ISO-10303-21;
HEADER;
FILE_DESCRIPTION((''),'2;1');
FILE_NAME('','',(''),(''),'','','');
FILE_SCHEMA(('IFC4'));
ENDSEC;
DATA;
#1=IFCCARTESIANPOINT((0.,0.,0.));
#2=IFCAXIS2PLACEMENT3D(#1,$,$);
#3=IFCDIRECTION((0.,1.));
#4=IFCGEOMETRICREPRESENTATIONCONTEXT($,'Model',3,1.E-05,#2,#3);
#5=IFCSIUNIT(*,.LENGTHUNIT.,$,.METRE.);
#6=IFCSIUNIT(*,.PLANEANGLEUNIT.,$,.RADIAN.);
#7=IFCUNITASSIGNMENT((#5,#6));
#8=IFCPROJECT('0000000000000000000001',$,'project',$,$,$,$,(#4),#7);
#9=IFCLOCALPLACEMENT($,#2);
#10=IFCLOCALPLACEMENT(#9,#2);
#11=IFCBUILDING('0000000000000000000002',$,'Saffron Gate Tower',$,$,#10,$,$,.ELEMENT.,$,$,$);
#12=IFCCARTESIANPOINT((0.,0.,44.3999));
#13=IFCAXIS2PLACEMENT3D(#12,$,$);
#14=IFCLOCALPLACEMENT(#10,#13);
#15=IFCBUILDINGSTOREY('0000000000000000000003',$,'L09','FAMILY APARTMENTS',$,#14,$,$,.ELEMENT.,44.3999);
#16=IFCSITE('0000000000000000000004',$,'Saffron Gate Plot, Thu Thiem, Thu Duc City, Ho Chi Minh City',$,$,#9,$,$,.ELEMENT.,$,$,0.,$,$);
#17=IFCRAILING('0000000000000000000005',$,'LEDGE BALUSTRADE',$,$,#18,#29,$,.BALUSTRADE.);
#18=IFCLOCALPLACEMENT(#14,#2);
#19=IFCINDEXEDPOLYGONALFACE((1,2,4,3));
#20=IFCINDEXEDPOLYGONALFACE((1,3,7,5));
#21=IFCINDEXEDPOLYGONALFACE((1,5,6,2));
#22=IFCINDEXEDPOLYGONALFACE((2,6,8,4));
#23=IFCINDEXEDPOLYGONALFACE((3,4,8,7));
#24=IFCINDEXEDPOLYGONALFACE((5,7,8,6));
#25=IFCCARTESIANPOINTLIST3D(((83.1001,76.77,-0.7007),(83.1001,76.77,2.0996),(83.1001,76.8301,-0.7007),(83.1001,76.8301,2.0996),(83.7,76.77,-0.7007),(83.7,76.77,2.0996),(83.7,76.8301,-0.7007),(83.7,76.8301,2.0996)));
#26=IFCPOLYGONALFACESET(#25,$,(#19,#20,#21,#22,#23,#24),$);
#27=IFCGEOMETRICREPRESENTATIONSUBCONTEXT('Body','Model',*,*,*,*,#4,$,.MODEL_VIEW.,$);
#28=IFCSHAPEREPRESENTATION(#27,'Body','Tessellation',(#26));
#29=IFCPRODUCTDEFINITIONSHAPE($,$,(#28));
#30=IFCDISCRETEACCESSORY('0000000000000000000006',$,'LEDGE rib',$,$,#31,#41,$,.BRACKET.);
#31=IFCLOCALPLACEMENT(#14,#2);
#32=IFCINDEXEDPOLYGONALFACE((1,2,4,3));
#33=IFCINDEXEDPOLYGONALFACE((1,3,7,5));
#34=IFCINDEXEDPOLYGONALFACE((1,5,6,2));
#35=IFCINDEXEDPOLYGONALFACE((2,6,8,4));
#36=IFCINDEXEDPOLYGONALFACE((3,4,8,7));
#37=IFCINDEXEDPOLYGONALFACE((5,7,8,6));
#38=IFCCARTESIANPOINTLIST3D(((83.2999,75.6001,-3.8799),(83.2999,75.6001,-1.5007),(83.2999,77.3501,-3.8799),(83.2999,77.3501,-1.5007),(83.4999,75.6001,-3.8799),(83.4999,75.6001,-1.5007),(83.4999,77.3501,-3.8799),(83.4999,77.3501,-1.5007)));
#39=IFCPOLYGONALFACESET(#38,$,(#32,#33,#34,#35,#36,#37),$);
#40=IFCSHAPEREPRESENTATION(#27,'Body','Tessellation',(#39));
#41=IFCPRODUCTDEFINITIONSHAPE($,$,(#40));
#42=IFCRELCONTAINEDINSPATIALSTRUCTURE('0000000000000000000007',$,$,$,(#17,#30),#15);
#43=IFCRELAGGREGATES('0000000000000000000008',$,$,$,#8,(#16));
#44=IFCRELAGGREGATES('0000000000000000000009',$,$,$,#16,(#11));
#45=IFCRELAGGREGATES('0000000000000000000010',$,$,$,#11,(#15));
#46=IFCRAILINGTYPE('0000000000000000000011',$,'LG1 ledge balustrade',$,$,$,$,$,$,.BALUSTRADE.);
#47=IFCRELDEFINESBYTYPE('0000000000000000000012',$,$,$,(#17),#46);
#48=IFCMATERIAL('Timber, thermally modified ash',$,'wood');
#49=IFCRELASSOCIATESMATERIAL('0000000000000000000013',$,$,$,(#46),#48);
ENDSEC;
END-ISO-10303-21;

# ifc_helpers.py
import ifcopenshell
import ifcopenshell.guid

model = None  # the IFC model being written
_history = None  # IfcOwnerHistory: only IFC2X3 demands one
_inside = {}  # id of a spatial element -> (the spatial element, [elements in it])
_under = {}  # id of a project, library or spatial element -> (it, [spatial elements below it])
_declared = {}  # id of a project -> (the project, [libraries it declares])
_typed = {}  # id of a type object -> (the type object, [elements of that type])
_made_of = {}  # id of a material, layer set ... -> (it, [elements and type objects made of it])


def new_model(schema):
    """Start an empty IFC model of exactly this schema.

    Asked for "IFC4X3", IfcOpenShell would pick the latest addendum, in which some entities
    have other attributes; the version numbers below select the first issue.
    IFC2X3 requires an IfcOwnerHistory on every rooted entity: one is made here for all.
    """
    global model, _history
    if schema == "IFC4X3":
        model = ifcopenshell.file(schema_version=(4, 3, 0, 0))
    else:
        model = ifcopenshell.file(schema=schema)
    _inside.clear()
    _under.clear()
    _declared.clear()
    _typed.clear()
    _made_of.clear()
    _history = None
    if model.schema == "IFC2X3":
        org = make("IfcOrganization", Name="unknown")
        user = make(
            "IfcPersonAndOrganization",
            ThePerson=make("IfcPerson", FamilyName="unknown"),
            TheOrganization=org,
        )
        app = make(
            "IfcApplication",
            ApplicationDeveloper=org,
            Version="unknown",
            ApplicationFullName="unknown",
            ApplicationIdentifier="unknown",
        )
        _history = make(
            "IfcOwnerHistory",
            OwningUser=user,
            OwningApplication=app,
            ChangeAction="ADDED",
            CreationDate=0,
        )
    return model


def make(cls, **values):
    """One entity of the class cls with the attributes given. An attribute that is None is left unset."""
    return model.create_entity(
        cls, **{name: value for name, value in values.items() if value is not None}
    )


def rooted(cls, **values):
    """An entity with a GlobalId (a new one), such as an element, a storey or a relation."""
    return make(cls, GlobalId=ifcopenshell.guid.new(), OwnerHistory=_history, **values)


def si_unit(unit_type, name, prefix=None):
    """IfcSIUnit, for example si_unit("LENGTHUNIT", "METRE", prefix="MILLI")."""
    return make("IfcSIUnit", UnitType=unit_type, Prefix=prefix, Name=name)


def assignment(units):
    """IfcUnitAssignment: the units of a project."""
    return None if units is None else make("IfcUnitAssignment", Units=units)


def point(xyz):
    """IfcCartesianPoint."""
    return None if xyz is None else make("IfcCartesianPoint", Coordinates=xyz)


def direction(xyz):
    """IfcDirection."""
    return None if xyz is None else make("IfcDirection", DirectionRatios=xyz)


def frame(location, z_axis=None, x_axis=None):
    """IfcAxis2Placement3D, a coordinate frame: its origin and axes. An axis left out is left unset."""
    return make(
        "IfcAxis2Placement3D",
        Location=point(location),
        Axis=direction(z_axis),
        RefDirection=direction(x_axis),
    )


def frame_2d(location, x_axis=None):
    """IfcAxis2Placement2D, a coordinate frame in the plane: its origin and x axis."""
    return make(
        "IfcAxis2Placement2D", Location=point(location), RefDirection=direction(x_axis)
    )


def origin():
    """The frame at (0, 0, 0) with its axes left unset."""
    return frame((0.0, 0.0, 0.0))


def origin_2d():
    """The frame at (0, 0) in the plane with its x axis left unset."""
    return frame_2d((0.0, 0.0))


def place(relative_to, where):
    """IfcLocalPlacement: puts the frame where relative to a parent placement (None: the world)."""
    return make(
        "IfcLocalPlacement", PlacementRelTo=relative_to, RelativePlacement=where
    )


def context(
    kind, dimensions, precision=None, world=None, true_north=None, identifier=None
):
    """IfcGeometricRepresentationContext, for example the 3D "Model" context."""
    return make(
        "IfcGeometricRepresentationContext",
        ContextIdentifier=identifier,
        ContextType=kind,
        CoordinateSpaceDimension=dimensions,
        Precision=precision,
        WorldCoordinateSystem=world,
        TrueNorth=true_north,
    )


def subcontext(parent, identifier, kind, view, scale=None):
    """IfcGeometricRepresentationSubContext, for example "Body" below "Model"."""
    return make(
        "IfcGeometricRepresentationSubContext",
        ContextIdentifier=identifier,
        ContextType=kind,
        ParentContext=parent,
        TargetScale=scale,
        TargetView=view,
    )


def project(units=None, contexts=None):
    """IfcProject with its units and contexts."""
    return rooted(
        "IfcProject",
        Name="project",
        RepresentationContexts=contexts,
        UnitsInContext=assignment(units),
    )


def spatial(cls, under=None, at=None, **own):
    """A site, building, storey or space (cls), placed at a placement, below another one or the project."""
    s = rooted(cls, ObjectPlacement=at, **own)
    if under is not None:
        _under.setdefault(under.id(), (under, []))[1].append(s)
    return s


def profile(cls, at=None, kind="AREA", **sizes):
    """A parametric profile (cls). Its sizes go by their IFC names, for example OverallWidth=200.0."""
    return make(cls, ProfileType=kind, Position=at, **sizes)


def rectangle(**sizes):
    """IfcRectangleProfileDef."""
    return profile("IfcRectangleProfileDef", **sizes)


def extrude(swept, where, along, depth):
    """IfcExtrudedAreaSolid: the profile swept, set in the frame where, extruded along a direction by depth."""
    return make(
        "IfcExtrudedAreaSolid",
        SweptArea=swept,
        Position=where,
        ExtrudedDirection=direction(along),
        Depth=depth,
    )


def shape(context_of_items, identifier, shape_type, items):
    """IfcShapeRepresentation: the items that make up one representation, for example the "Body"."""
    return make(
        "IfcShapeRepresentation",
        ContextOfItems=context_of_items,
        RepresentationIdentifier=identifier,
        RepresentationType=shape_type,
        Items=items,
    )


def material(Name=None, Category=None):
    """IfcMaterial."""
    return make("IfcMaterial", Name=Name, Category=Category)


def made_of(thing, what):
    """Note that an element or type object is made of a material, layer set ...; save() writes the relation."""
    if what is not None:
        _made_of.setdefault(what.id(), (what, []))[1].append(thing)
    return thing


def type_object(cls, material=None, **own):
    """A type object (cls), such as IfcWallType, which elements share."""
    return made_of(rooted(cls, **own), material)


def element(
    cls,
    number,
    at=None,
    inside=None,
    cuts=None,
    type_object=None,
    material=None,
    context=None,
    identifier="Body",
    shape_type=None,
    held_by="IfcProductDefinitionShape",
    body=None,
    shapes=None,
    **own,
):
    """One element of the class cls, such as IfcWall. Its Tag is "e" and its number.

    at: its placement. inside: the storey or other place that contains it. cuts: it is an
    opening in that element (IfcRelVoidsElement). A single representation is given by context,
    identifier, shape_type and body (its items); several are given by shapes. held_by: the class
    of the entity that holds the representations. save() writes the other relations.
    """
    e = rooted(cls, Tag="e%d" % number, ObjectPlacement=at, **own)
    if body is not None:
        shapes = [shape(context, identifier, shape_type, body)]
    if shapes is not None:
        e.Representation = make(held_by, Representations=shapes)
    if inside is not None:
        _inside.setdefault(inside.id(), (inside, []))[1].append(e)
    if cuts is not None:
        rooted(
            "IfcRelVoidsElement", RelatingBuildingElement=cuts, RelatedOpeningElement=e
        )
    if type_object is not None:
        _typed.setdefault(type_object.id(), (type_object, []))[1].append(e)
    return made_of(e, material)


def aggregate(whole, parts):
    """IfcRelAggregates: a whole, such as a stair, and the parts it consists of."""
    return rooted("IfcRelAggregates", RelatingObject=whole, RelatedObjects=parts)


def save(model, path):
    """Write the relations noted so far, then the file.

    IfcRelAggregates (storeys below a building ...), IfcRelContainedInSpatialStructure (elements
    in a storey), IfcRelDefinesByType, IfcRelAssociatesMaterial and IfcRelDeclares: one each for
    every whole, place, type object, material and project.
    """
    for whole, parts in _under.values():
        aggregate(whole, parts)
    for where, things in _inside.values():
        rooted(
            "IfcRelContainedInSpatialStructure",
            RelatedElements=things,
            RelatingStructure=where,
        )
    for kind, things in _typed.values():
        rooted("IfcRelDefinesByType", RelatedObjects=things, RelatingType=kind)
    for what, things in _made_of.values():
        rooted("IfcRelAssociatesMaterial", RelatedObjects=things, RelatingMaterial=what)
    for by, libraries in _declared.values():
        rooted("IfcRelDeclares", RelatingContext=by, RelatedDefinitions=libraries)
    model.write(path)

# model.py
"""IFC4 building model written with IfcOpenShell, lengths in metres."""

from ifc_helpers import new_model, si_unit, direction, frame, origin, origin_2d, place, context, subcontext, project, spatial, rectangle, extrude, material, type_object, element, save


model = new_model("IFC4")

# Units and contexts
model_context = context("Model", 3, precision=1e-05, world=origin(), true_north=direction((0.0, 1.0)))
body_context = subcontext(model_context, "Body", "Model", "MODEL_VIEW")
ifc_project = project(units=[si_unit("LENGTHUNIT", "METRE"), si_unit("PLANEANGLEUNIT", "RADIAN")], contexts=[model_context])

# Site, building, storey
site_placement = place(None, origin())
site = spatial("IfcSite", under=ifc_project, at=site_placement, Name="Saffron Gate Plot, Thu Thiem, Thu Duc City, Ho Chi Minh City", CompositionType="ELEMENT", RefElevation=0.0)
building_placement = place(site_placement, origin())
building = spatial("IfcBuilding", under=site, at=building_placement, Name="Saffron Gate Tower", CompositionType="ELEMENT")
storey_placement = place(building_placement, frame((0.0, 0.0, 44.3999)))
storey = spatial("IfcBuildingStorey", under=building, at=storey_placement, Name="L09", Description="FAMILY APARTMENTS", CompositionType="ELEMENT", Elevation=44.3999)

# Shared definitions
ifc_material_1 = material(Name="Timber, thermally modified ash", Category="wood")

# Railing
railing_type_1 = type_object("IfcRailingType", Name="LG1 ledge balustrade", PredefinedType="BALUSTRADE", material=ifc_material_1)
railing_1_placement = place(storey_placement, frame((83.7, 76.8, -0.7007)))
element("IfcRailing", 1, at=railing_1_placement, inside=storey, type_object=railing_type_1, Name="LEDGE BALUSTRADE", PredefinedType="BALUSTRADE", context=body_context, shape_type="SweptSolid", body=[
    extrude(rectangle(XDim=0.0601, YDim=2.8003, at=origin_2d()), frame((0.0, 0.0, 1.4001), z_axis=(-1.0, 0.0, 0.0), x_axis=(0.0, -1.0, 0.0)), (0.0, 0.0, 1.0), 0.5999),
])

# Discrete accessory
discrete_accessory_placement = place(storey_placement, frame((83.3999, 76.4751, -3.8799), z_axis=(0.0, 0.0, 1.0), x_axis=(-1.0, 0.0, 0.0)))
element("IfcDiscreteAccessory", 2, at=discrete_accessory_placement, inside=storey, Name="LEDGE rib", PredefinedType="BRACKET", context=body_context, shape_type="SweptSolid", body=[
    extrude(rectangle(XDim=0.2, YDim=1.75, at=origin_2d()), origin(), (0.0, 0.0, 1.0), 2.3792),
])

save(model, "model.ifc")
